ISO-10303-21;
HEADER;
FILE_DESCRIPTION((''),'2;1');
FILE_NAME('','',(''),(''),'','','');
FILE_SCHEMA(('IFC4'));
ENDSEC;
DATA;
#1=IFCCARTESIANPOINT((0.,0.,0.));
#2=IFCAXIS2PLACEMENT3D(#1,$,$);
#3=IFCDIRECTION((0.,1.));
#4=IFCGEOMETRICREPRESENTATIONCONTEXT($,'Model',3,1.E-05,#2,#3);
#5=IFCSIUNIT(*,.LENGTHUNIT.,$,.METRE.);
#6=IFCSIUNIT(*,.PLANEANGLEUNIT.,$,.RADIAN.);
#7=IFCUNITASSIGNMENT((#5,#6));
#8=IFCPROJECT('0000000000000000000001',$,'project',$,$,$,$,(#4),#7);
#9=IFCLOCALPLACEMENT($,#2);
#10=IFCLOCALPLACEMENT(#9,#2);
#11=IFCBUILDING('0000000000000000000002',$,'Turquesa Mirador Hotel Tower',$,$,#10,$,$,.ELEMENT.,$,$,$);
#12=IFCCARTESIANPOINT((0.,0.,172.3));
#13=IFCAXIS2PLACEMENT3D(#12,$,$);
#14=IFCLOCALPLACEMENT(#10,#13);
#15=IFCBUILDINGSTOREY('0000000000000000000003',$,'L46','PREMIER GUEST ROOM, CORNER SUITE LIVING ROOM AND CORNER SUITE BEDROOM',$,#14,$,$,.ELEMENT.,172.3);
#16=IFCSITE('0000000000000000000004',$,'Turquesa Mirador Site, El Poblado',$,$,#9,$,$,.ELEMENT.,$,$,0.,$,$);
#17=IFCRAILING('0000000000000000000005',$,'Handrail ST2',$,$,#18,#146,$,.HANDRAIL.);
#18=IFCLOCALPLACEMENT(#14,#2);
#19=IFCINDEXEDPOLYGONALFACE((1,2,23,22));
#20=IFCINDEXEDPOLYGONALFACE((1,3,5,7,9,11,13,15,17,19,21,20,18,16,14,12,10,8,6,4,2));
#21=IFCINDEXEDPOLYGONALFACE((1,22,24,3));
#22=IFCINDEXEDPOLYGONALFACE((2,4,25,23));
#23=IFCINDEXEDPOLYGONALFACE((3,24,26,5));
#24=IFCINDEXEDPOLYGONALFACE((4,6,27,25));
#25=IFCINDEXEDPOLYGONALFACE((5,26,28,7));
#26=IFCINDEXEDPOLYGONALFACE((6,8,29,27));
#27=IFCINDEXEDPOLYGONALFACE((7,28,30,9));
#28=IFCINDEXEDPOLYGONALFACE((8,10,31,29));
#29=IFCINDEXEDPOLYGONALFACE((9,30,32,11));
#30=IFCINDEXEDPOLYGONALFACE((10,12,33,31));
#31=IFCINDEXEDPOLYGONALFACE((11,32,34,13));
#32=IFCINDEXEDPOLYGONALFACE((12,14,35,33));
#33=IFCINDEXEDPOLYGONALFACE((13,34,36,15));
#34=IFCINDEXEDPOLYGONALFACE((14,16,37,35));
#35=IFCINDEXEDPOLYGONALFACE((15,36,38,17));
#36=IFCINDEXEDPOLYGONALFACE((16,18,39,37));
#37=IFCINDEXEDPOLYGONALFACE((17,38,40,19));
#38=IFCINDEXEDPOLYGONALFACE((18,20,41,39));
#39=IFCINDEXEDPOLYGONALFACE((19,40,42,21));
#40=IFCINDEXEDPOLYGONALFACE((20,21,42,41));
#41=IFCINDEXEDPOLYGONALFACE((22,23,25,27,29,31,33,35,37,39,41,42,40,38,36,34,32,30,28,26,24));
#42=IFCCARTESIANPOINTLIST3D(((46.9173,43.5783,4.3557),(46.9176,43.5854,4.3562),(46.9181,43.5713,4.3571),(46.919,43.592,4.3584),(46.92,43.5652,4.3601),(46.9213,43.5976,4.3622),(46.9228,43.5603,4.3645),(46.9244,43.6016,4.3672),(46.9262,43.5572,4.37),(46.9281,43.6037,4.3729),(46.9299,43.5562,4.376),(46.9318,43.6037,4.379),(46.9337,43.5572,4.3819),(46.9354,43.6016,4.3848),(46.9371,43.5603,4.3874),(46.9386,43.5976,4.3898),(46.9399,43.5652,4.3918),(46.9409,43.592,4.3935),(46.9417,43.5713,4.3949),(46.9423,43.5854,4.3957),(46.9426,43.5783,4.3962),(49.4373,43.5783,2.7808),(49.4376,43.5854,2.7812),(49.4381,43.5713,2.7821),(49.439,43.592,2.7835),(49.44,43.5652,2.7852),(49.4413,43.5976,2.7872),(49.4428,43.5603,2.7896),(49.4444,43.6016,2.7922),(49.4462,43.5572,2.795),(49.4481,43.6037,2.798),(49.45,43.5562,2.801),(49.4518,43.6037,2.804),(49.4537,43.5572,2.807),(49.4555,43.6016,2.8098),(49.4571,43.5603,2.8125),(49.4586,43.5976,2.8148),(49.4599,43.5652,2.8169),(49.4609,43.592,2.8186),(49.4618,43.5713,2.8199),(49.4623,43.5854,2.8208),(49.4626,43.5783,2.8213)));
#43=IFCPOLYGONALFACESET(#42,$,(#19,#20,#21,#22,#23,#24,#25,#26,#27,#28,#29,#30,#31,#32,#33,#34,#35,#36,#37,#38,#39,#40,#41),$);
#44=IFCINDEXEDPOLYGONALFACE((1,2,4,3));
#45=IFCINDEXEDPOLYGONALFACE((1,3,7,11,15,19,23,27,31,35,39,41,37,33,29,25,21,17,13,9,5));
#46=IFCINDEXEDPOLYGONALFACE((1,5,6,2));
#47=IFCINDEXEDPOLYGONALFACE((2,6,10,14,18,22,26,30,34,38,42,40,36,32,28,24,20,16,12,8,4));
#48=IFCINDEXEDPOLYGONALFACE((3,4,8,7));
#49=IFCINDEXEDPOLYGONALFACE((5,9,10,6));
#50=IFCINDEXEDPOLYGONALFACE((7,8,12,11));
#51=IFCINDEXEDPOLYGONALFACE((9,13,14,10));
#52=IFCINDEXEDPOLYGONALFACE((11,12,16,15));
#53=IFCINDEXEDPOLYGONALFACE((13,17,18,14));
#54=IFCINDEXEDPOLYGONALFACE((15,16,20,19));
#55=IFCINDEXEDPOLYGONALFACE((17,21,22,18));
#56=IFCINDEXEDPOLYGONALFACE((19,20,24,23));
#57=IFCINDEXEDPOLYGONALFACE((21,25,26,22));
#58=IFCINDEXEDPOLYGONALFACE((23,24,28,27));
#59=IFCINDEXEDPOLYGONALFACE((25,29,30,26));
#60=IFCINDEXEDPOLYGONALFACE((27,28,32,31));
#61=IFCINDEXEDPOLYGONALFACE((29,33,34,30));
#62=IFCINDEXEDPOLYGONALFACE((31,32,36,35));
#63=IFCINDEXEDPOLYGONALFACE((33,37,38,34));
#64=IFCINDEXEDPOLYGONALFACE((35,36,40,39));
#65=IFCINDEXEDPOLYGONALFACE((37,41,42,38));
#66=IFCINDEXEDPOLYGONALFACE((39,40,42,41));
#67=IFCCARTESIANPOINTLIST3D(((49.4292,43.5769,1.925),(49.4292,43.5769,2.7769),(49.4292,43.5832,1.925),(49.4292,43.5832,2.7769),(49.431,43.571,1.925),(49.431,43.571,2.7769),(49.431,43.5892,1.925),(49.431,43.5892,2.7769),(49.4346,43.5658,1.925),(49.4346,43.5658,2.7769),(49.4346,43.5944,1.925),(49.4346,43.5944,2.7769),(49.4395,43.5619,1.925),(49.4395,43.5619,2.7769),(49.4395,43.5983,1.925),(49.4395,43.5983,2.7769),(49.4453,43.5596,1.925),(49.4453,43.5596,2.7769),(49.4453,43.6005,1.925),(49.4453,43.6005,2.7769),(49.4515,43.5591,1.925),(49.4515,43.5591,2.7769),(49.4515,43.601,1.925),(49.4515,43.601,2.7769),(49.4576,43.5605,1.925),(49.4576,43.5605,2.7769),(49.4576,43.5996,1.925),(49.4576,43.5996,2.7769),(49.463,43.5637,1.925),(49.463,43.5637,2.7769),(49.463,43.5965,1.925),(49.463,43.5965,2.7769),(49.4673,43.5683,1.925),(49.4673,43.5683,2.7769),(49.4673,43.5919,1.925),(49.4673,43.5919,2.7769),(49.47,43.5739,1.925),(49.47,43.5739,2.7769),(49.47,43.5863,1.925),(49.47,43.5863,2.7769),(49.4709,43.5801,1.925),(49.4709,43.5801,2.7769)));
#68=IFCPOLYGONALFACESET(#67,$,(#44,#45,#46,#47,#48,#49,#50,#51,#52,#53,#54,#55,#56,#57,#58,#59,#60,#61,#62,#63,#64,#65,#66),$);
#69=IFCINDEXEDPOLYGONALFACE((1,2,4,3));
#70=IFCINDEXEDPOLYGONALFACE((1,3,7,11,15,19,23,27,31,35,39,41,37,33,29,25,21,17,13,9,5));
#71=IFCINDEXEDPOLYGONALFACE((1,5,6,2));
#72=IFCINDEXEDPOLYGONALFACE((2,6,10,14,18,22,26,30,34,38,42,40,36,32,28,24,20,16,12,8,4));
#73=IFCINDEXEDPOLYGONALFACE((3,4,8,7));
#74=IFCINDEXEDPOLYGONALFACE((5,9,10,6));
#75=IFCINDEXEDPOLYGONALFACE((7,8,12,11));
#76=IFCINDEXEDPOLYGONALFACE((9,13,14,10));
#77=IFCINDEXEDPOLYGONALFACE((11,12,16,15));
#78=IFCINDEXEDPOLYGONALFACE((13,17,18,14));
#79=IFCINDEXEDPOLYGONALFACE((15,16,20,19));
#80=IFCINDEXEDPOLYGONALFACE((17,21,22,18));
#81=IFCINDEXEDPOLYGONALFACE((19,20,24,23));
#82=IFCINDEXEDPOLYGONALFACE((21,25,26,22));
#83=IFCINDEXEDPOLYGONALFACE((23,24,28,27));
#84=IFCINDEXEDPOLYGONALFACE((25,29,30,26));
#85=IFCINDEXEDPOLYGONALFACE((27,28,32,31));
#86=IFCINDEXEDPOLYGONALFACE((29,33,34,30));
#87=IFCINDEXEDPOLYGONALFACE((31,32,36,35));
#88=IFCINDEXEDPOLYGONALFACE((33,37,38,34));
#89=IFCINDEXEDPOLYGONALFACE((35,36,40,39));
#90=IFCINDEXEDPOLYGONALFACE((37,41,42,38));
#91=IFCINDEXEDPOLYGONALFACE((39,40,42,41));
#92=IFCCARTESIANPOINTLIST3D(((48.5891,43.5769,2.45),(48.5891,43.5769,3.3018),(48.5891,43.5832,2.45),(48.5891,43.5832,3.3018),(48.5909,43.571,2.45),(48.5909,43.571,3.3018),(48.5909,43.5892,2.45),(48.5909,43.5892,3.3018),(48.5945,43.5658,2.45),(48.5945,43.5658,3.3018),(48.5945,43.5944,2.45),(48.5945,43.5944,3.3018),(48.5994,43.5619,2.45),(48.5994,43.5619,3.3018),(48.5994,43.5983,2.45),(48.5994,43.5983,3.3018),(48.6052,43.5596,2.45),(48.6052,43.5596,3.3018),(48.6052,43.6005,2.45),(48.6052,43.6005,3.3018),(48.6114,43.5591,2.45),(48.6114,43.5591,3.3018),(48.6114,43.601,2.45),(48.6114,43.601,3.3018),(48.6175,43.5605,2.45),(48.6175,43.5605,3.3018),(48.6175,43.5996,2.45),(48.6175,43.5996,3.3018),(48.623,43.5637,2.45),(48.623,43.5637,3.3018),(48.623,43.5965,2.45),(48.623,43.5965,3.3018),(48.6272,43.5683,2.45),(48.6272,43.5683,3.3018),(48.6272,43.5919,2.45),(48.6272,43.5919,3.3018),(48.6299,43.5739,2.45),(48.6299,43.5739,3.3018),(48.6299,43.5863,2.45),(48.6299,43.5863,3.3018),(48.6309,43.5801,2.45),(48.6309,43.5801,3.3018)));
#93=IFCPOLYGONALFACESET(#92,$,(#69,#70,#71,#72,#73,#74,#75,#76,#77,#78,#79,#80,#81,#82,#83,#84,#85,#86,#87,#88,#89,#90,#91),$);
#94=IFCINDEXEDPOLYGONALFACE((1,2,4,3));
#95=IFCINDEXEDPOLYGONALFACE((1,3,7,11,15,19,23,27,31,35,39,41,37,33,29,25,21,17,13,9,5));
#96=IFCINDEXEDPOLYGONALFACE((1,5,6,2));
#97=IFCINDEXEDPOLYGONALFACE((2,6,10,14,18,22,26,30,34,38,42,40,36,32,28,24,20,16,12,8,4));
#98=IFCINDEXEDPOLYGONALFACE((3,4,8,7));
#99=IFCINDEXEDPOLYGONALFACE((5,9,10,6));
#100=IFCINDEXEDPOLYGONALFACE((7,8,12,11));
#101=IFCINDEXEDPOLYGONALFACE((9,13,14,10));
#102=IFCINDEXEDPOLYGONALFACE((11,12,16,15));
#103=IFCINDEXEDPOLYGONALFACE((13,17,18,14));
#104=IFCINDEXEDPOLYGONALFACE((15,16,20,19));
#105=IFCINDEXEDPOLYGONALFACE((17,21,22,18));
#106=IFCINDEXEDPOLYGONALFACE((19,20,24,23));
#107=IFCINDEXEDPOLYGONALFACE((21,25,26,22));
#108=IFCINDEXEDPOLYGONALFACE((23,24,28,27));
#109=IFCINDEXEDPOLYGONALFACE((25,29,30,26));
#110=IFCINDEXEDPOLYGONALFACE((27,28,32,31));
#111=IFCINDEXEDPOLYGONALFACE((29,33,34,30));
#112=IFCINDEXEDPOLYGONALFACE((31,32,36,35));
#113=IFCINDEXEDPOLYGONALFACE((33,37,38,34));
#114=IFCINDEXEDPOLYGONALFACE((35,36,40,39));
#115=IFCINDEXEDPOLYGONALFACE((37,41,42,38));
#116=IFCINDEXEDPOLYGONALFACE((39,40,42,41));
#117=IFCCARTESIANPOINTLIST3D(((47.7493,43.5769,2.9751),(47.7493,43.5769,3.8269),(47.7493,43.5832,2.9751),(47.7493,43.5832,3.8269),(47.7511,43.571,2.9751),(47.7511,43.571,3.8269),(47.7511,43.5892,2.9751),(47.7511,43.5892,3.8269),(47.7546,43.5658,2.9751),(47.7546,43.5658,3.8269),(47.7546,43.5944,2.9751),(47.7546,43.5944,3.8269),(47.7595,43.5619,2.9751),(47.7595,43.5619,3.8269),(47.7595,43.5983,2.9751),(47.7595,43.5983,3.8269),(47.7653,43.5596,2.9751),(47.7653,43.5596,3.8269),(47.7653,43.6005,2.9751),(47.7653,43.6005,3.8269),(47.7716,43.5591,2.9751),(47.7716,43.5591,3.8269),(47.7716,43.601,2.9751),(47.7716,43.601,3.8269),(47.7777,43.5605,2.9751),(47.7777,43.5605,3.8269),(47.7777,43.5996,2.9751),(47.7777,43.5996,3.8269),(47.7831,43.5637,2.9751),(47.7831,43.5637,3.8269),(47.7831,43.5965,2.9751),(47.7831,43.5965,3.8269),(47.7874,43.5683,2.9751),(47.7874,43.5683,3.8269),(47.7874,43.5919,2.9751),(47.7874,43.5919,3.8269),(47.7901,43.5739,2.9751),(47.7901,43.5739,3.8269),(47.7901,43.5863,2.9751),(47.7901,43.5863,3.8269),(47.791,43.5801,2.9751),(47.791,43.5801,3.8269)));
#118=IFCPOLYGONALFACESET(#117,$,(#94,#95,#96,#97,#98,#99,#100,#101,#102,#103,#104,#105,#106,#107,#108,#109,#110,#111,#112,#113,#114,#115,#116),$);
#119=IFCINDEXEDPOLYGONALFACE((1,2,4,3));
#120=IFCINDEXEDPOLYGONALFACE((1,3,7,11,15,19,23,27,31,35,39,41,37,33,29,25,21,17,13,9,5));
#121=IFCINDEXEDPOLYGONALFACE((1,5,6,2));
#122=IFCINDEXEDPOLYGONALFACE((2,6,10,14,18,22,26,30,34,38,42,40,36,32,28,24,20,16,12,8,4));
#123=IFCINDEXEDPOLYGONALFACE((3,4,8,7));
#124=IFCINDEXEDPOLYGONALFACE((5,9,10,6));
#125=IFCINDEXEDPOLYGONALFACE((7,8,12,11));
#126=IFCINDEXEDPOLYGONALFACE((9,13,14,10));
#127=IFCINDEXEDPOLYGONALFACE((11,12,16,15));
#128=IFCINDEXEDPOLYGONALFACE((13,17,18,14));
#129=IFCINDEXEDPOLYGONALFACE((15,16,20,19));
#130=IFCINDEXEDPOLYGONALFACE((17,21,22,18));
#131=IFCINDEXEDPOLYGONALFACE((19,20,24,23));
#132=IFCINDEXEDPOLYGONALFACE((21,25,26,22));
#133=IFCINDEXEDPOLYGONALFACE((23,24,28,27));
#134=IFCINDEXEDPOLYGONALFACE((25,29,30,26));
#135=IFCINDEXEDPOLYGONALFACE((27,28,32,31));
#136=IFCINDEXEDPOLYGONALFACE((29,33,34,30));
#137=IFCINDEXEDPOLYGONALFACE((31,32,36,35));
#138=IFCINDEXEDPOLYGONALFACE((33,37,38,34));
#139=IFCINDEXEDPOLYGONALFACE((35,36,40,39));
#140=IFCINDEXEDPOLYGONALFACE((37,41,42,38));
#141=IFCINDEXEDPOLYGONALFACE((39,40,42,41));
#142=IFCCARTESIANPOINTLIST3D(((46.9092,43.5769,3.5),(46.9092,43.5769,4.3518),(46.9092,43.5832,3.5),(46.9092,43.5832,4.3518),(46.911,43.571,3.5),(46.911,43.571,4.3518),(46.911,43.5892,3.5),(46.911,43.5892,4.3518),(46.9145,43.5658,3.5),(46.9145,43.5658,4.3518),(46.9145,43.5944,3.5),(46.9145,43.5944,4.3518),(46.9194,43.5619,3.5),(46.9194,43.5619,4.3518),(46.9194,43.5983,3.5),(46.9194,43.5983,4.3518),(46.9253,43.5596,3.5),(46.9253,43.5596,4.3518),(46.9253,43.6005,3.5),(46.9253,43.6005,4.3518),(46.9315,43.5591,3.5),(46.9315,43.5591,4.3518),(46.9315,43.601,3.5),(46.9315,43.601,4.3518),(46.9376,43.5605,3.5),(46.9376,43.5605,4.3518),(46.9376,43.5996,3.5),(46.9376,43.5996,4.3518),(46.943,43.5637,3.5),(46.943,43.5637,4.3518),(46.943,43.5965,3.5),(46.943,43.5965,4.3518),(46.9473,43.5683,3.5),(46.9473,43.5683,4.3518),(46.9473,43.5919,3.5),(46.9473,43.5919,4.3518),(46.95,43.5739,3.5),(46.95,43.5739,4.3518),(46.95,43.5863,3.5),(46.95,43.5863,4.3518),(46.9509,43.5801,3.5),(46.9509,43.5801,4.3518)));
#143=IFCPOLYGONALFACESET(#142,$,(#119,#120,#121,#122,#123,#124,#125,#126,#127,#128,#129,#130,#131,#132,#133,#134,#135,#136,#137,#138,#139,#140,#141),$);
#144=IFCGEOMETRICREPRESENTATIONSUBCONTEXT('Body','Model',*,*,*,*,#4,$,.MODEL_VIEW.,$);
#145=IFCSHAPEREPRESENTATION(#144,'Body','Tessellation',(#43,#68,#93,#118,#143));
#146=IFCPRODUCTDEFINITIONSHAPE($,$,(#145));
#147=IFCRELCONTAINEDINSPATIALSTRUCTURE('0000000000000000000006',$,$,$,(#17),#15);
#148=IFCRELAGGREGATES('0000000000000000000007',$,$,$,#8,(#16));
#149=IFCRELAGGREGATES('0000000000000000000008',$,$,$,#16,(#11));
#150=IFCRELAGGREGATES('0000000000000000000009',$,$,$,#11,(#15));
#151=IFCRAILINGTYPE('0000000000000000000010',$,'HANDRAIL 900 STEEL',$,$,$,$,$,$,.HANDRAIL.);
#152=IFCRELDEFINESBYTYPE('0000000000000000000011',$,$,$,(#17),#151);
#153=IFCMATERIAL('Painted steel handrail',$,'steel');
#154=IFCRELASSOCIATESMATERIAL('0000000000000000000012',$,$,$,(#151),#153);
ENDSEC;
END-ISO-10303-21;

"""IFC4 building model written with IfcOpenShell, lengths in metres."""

from ifc_helpers import new_model, si_unit, direction, frame, origin, origin_2d, place, context, subcontext, project, spatial, circle, extrude, material, type_object, element, save


model = new_model("IFC4")

# Units and contexts
model_context = context("Model", 3, precision=1e-05, world=origin(), true_north=direction((0.0, 1.0)))
body_context = subcontext(model_context, "Body", "Model", "MODEL_VIEW")
ifc_project = project(units=[si_unit("LENGTHUNIT", "METRE"), si_unit("PLANEANGLEUNIT", "RADIAN")], contexts=[model_context])

# Site, building, storey
site_placement = place(None, origin())
site = spatial("IfcSite", under=ifc_project, at=site_placement, Name="Turquesa Mirador Site, El Poblado", CompositionType="ELEMENT", RefElevation=0.0)
building_placement = place(site_placement, origin())
building = spatial("IfcBuilding", under=site, at=building_placement, Name="Turquesa Mirador Hotel Tower", CompositionType="ELEMENT")
storey_placement = place(building_placement, frame((0.0, 0.0, 172.3)))
storey = spatial("IfcBuildingStorey", under=building, at=storey_placement, Name="L46", Description="PREMIER GUEST ROOM, CORNER SUITE LIVING ROOM AND CORNER SUITE BEDROOM", CompositionType="ELEMENT", Elevation=172.3)

# Railing
ifc_material_1 = material(Name="Painted steel handrail", Category="steel")
railing_type = type_object("IfcRailingType", Name="HANDRAIL 900 STEEL", PredefinedType="HANDRAIL", material=ifc_material_1)
railing_placement = place(storey_placement, frame((49.45, 43.5801, 1.925)))
element("IfcRailing", 1, at=railing_placement, inside=storey, type_object=railing_type, Name="Handrail ST2", PredefinedType="HANDRAIL", context=body_context, shape_type="SweptSolid", body=[
    extrude(circle(Radius=0.0239, at=origin_2d()), frame((0.0, 0.0, 0.876), z_axis=(-0.848008, 0.0, 0.529984), x_axis=(0.0, -1.0, 0.0)), (0.0, 0.0, 1.0), 2.9717),
    extrude(circle(Radius=0.021, at=origin_2d()), origin(), (0.0, 0.0, 1.0), 0.8518),
    extrude(circle(Radius=0.021, at=origin_2d()), frame((-0.8401, 0.0, 0.5249)), (0.0, 0.0, 1.0), 0.8518),
    extrude(circle(Radius=0.021, at=origin_2d()), frame((-1.6799, 0.0, 1.05)), (0.0, 0.0, 1.0), 0.8518),
    extrude(circle(Radius=0.021, at=origin_2d()), frame((-2.52, 0.0, 1.575)), (0.0, 0.0, 1.0), 0.8518),
])

save(model, "model.ifc")
